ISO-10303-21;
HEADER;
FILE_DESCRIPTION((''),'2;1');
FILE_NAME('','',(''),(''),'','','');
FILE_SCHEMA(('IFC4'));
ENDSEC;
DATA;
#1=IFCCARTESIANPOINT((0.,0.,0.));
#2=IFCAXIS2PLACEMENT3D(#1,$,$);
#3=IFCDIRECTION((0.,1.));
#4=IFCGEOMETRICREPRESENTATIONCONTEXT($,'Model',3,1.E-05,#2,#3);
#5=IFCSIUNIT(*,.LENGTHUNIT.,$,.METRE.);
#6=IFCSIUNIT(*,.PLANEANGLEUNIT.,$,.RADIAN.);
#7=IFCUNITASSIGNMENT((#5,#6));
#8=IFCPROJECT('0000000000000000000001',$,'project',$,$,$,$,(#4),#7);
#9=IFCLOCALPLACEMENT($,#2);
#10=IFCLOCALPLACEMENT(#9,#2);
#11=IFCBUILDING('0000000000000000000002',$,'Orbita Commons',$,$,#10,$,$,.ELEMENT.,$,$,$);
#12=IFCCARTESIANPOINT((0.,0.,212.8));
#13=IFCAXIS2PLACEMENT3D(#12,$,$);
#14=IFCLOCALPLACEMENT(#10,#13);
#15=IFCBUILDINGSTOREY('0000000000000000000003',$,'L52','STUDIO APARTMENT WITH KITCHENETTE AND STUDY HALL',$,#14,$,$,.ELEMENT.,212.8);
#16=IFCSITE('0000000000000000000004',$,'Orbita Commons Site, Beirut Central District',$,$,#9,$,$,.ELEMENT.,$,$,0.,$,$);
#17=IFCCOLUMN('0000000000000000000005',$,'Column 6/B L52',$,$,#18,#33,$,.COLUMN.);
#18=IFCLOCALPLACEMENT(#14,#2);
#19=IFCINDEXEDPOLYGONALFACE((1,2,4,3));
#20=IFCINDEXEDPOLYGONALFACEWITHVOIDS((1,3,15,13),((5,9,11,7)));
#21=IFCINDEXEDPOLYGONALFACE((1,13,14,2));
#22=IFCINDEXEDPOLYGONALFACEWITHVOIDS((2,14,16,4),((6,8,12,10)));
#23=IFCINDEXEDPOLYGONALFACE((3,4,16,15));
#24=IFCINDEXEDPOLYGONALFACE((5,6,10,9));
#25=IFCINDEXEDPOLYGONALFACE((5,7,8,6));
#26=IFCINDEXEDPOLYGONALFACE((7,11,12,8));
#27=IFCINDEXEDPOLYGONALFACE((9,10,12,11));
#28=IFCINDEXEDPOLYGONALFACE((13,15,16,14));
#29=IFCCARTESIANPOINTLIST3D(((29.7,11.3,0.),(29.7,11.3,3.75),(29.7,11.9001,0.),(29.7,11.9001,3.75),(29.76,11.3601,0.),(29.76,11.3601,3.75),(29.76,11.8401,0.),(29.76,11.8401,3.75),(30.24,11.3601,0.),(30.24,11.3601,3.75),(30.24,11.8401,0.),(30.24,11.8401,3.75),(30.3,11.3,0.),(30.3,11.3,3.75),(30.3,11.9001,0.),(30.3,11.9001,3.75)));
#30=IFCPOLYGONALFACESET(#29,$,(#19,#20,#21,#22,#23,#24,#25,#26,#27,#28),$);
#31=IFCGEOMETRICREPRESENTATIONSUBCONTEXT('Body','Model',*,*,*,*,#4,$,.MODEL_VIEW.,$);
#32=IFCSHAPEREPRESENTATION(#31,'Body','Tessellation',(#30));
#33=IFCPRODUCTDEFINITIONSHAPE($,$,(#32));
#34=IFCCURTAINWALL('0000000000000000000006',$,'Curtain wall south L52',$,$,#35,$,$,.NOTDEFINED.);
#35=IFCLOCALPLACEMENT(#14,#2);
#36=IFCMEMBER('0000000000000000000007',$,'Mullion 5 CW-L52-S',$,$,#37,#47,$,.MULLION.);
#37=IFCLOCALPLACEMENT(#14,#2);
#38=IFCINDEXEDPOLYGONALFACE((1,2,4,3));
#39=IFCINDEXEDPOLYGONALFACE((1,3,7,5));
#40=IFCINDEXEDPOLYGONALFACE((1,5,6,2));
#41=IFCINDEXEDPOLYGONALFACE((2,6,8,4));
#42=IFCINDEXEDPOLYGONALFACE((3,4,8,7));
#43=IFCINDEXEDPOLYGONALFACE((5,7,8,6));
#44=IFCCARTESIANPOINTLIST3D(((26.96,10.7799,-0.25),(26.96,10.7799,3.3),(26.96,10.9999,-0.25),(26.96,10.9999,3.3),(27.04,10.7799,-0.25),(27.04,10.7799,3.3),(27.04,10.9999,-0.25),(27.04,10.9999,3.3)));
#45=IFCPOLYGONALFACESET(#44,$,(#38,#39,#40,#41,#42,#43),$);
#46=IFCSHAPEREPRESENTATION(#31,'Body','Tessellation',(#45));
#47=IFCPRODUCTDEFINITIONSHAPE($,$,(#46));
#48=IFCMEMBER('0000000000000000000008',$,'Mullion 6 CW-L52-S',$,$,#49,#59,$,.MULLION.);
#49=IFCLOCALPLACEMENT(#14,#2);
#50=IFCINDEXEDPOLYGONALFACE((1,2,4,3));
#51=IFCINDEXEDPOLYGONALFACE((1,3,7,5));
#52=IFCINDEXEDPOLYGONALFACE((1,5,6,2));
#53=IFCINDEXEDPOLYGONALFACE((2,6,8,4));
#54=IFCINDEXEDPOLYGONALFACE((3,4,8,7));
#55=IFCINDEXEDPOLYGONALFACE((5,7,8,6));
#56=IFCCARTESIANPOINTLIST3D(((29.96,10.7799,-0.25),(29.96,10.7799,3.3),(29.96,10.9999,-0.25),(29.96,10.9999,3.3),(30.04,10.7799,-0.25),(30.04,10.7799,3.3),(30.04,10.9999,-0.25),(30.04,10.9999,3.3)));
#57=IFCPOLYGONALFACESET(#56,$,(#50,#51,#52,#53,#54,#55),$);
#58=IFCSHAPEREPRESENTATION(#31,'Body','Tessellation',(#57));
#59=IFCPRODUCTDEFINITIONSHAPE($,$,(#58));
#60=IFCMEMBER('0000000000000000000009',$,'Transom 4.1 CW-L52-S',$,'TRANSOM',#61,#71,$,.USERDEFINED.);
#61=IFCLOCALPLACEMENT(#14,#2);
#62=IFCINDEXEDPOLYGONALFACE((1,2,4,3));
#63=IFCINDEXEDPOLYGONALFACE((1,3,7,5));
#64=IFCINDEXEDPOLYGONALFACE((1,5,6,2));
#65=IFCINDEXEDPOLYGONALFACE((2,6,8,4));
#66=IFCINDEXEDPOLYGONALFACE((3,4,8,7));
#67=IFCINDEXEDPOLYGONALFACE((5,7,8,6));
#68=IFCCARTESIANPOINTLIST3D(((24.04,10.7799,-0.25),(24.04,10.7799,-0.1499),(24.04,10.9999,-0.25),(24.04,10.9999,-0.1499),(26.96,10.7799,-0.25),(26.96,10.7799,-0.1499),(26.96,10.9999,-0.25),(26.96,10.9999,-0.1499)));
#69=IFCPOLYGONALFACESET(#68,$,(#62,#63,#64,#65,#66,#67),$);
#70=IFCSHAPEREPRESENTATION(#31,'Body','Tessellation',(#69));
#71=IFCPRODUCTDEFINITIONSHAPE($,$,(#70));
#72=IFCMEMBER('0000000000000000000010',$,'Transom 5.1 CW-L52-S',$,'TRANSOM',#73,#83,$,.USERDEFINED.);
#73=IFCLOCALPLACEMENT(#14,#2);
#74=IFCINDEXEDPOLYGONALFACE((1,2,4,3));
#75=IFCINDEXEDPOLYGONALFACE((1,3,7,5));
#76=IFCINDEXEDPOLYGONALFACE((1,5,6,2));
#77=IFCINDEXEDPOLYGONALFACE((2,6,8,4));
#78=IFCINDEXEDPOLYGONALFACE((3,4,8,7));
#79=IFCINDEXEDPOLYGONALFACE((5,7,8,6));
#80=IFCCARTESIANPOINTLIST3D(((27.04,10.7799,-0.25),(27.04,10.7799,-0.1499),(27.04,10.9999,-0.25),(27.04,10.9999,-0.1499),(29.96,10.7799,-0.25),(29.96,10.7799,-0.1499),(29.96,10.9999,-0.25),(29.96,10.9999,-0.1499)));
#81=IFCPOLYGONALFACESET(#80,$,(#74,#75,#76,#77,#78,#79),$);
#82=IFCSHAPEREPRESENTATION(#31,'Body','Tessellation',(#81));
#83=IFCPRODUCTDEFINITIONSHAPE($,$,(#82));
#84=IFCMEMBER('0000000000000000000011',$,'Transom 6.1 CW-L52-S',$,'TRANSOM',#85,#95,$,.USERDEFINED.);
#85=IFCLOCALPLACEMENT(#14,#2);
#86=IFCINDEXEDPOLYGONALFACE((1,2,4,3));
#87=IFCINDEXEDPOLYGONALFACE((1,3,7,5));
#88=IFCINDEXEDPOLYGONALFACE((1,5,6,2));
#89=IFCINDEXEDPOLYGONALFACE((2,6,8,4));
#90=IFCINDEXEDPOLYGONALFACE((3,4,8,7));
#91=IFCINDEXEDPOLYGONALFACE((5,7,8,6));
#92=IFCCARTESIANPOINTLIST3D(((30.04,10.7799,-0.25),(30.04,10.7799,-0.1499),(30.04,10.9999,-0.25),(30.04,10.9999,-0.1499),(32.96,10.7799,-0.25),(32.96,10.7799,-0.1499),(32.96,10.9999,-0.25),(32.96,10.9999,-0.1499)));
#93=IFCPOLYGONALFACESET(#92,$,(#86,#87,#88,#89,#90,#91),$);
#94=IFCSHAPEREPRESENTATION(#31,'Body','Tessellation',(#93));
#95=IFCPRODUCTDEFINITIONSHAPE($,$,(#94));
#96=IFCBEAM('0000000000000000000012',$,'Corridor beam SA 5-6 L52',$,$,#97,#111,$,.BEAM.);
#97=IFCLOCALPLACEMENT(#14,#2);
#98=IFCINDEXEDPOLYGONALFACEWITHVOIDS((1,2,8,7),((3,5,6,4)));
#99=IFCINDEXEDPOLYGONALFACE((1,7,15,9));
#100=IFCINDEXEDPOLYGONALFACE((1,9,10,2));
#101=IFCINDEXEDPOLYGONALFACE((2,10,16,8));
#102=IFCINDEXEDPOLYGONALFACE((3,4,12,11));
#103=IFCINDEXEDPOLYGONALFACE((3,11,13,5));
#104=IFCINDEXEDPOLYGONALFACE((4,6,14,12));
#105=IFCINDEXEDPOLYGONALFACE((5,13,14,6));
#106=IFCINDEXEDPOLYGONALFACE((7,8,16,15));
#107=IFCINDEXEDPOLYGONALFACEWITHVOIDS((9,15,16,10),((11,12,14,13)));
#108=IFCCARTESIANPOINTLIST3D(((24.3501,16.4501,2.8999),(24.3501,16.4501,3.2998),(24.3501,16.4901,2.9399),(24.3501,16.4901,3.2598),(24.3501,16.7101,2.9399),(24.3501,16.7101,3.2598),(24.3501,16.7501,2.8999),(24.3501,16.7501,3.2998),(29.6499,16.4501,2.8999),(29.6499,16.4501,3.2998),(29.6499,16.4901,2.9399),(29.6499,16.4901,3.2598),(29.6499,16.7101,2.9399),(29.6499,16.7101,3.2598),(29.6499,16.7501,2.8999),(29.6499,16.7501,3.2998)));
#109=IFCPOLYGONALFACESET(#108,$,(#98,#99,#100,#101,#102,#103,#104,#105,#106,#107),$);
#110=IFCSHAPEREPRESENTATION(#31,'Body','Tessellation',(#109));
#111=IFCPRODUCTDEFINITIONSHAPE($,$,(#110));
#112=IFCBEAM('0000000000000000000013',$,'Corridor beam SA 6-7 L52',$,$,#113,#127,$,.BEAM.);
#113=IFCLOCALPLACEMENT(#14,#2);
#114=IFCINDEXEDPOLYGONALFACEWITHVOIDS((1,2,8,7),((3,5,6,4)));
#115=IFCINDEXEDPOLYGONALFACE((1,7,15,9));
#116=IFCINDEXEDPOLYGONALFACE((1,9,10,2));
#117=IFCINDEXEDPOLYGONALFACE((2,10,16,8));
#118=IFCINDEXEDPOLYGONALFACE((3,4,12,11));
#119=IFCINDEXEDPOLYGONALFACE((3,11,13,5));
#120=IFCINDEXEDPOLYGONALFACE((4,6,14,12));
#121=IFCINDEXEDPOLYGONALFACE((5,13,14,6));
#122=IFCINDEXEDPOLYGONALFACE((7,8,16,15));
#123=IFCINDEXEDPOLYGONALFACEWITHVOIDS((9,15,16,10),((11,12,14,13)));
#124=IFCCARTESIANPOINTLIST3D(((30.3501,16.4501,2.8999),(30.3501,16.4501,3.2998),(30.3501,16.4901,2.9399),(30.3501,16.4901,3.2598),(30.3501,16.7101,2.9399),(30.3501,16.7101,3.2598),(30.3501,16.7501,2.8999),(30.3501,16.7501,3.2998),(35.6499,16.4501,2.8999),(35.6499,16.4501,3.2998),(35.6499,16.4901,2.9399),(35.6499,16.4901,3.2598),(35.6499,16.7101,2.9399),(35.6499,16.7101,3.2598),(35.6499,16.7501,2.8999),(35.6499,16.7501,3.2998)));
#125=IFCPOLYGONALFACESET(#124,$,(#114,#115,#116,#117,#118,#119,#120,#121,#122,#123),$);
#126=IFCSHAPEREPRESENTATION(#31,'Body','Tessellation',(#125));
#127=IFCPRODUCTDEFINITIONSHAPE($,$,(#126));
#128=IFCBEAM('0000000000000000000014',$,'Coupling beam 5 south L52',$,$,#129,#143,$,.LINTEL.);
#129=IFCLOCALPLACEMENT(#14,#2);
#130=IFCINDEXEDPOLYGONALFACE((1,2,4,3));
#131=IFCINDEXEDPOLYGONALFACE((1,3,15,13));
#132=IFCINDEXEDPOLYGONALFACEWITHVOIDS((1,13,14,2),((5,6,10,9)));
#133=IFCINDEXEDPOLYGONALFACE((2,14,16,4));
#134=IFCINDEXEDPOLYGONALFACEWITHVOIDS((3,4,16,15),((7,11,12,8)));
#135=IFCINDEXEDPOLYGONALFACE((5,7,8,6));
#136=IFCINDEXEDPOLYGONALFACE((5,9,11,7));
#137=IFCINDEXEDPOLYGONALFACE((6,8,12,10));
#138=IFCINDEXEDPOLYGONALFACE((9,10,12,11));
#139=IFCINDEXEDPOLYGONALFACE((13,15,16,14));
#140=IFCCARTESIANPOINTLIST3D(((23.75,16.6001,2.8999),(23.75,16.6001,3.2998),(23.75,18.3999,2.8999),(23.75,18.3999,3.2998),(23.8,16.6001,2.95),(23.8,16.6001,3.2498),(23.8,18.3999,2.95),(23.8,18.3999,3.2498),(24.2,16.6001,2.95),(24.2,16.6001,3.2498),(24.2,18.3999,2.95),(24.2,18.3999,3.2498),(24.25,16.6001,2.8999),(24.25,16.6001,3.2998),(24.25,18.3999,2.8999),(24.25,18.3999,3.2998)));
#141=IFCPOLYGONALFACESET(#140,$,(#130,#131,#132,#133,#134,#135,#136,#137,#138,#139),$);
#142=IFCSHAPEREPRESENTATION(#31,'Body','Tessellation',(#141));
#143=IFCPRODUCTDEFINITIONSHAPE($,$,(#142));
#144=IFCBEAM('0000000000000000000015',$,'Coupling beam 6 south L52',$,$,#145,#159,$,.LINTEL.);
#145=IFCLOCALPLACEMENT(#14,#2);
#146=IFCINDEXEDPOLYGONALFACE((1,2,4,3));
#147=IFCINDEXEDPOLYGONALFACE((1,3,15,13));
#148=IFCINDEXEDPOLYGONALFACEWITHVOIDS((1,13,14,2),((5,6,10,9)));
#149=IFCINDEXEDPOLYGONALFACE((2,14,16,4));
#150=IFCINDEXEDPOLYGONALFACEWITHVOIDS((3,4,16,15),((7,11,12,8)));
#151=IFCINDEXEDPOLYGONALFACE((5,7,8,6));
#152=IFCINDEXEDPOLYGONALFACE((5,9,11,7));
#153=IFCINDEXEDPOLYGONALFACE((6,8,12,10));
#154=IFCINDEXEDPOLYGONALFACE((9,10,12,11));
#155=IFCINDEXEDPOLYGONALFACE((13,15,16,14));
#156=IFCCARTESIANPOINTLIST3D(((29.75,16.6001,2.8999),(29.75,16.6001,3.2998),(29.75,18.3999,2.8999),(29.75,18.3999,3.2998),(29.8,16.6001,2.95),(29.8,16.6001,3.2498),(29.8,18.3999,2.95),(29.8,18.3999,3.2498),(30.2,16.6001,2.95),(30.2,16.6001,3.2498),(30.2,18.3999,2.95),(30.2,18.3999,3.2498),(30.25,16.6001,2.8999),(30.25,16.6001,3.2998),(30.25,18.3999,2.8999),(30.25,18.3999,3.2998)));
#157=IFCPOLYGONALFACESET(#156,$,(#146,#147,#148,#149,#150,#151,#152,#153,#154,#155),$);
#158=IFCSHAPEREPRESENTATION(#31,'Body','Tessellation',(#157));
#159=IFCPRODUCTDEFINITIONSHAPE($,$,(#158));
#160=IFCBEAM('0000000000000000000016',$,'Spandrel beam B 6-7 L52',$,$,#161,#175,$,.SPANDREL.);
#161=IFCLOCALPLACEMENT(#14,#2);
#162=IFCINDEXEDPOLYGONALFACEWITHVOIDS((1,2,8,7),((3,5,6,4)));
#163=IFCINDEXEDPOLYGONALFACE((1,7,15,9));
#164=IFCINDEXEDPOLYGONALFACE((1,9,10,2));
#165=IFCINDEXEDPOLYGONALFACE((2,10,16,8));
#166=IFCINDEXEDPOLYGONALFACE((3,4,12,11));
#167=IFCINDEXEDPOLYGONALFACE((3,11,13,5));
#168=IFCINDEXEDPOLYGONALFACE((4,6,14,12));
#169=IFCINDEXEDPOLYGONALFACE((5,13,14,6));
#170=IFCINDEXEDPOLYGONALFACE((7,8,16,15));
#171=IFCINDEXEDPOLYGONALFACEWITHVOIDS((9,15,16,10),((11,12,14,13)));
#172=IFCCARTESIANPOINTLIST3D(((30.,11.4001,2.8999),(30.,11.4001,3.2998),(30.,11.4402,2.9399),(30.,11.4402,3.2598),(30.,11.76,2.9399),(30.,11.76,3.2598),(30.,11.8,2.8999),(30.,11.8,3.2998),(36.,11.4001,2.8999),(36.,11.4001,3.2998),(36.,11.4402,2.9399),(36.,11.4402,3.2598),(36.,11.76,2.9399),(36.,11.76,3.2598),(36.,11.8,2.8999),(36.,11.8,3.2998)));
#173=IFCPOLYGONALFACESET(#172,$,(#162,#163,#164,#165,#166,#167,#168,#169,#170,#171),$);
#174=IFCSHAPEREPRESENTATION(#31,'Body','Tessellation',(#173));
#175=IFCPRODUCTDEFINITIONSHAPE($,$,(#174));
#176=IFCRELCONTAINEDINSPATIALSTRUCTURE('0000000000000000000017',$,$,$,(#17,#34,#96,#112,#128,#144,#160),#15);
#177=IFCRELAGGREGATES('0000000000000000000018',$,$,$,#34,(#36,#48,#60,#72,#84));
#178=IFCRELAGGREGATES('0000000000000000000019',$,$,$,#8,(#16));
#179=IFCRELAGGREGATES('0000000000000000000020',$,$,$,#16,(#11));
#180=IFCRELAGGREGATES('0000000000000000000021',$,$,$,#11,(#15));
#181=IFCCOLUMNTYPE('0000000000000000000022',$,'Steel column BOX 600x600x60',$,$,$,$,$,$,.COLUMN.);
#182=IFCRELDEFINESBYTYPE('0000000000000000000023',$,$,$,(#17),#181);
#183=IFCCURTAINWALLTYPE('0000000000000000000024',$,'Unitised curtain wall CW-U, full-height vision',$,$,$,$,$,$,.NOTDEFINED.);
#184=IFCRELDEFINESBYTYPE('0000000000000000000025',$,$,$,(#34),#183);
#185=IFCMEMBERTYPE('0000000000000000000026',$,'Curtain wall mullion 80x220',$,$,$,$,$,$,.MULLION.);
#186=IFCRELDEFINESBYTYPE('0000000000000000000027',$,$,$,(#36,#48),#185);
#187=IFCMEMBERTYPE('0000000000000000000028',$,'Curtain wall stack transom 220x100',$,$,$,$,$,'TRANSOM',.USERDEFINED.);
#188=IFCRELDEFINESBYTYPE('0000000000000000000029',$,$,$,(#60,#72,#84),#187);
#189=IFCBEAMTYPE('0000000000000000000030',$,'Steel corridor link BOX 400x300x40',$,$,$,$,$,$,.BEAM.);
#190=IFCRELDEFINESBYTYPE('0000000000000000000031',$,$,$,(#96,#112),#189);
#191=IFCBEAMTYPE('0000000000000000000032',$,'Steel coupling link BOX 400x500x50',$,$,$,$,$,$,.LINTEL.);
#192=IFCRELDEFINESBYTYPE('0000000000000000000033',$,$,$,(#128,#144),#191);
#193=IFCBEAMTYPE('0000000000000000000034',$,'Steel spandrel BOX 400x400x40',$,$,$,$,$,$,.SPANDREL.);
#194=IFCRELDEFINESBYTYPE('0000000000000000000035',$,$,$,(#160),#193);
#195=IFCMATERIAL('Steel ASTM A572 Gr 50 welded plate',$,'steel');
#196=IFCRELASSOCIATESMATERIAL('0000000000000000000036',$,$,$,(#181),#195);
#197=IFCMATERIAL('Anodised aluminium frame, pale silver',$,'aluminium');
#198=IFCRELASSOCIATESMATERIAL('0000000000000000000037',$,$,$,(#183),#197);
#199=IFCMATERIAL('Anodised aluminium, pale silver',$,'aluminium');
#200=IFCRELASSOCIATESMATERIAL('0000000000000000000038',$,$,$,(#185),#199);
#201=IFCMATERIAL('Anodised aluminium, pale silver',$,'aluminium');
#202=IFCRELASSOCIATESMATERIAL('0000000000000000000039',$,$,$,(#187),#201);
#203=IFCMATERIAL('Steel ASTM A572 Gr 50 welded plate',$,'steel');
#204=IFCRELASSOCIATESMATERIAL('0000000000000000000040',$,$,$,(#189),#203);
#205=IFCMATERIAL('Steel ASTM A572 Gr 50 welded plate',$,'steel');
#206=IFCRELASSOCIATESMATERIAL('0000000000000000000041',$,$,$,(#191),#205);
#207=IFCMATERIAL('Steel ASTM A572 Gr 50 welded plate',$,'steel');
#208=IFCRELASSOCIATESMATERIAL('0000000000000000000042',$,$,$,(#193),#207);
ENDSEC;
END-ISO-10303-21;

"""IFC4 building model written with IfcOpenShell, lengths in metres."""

from ifc_helpers import new_model, si_unit, direction, frame, origin, origin_2d, place, context, subcontext, project, spatial, rectangle, hollow_rectangle, extrude, material, material_profile, profile_set, type_object, element, aggregate, save


model = new_model("IFC4")

# Units and contexts
model_context = context("Model", 3, precision=1e-05, world=origin(), true_north=direction((0.0, 1.0)))
body_context = subcontext(model_context, "Body", "Model", "MODEL_VIEW")
ifc_project = project(units=[si_unit("LENGTHUNIT", "METRE"), si_unit("PLANEANGLEUNIT", "RADIAN")], contexts=[model_context])

# Site, building, storey
site_placement = place(None, origin())
site = spatial("IfcSite", under=ifc_project, at=site_placement, Name="Orbita Commons Site, Beirut Central District", CompositionType="ELEMENT", RefElevation=0.0)
building_placement = place(site_placement, origin())
building = spatial("IfcBuilding", under=site, at=building_placement, Name="Orbita Commons", CompositionType="ELEMENT")
storey_placement = place(building_placement, frame((0.0, 0.0, 212.8)))
storey = spatial("IfcBuildingStorey", under=building, at=storey_placement, Name="L52", Description="STUDIO APARTMENT WITH KITCHENETTE AND STUDY HALL", CompositionType="ELEMENT", Elevation=212.8)

# Column
ifc_material_1 = material(Name="Steel ASTM A572 Gr 50 welded plate", Category="steel")
ifc_material_profile_1 = material_profile(ifc_material_1, hollow_rectangle(XDim=0.6001, YDim=0.6001, WallThickness=0.0601, at=origin_2d()), Name="BOX 600x600x60")
ifc_profile_set_1 = profile_set([ifc_material_profile_1], Name="Steel ASTM A572 Gr 50 welded plate")
column_type = type_object("IfcColumnType", Name="Steel column BOX 600x600x60", PredefinedType="COLUMN", material=ifc_profile_set_1)
column_placement = place(storey_placement, frame((30.0, 11.6001, 0.0), z_axis=(0.0, 0.0, 1.0), x_axis=(1.0, 0.0, 0.0)))
element("IfcColumn", 1, at=column_placement, inside=storey, type_object=column_type, Name="Column 6/B L52", PredefinedType="COLUMN", context=body_context, shape_type="SweptSolid", body=[
    extrude(hollow_rectangle(XDim=0.6001, YDim=0.6001, WallThickness=0.0601, at=origin_2d()), origin(), (0.0, 0.0, 1.0), 3.75),
])

# Curtain wall, members
ifc_material_2 = material(Name="Anodised aluminium frame, pale silver", Category="aluminium")
curtain_wall_type = type_object("IfcCurtainWallType", Name="Unitised curtain wall CW-U, full-height vision", PredefinedType="NOTDEFINED", material=ifc_material_2)
curtain_wall_placement = place(storey_placement, origin())
curtain_wall = element("IfcCurtainWall", 2, at=curtain_wall_placement, inside=storey, type_object=curtain_wall_type, Name="Curtain wall south L52", PredefinedType="NOTDEFINED")
ifc_material_3 = material(Name="Anodised aluminium, pale silver", Category="aluminium")
ifc_material_profile_2 = material_profile(ifc_material_3, rectangle(XDim=0.0801, YDim=0.22, at=origin_2d()), Name="AL 80x220")
ifc_profile_set_2 = profile_set([ifc_material_profile_2], Name="Anodised aluminium, pale silver")
member_type_1 = type_object("IfcMemberType", Name="Curtain wall mullion 80x220", PredefinedType="MULLION", material=ifc_profile_set_2)
member_1_placement = place(storey_placement, frame((27.0, 10.8899, -0.25), z_axis=(0.0, 0.0, 1.0), x_axis=(1.0, 0.0, 0.0)))
member_1 = element("IfcMember", 3, at=member_1_placement, type_object=member_type_1, Name="Mullion 5 CW-L52-S", PredefinedType="MULLION", context=body_context, shape_type="SweptSolid", body=[
    extrude(rectangle(XDim=0.0801, YDim=0.22, at=origin_2d()), origin(), (0.0, 0.0, 1.0), 3.55),
])
member_2_placement = place(storey_placement, frame((30.0, 10.8899, -0.25), z_axis=(0.0, 0.0, 1.0), x_axis=(1.0, 0.0, 0.0)))
member_2 = element("IfcMember", 4, at=member_2_placement, type_object=member_type_1, Name="Mullion 6 CW-L52-S", PredefinedType="MULLION", context=body_context, shape_type="SweptSolid", body=[
    extrude(rectangle(XDim=0.0801, YDim=0.22, at=origin_2d()), origin(), (0.0, 0.0, 1.0), 3.55),
])
ifc_material_4 = material(Name="Anodised aluminium, pale silver", Category="aluminium")
ifc_material_profile_3 = material_profile(ifc_material_4, rectangle(XDim=0.22, YDim=0.1001, at=origin_2d()), Name="AL 220x100")
ifc_profile_set_3 = profile_set([ifc_material_profile_3], Name="Anodised aluminium, pale silver")
member_type_2 = type_object("IfcMemberType", Name="Curtain wall stack transom 220x100", ElementType="TRANSOM", PredefinedType="USERDEFINED", material=ifc_profile_set_3)
member_3_placement = place(storey_placement, frame((24.04, 10.8899, -0.2), z_axis=(1.0, 0.0, 0.0), x_axis=(0.0, 1.0, 0.0)))
member_3 = element("IfcMember", 5, at=member_3_placement, type_object=member_type_2, Name="Transom 4.1 CW-L52-S", ObjectType="TRANSOM", PredefinedType="USERDEFINED", context=body_context, shape_type="SweptSolid", body=[
    extrude(rectangle(XDim=0.22, YDim=0.1001, at=origin_2d()), origin(), (0.0, 0.0, 1.0), 2.9199),
])
member_4_placement = place(storey_placement, frame((27.04, 10.8899, -0.2), z_axis=(1.0, 0.0, 0.0), x_axis=(0.0, 1.0, 0.0)))
member_4 = element("IfcMember", 6, at=member_4_placement, type_object=member_type_2, Name="Transom 5.1 CW-L52-S", ObjectType="TRANSOM", PredefinedType="USERDEFINED", context=body_context, shape_type="SweptSolid", body=[
    extrude(rectangle(XDim=0.22, YDim=0.1001, at=origin_2d()), origin(), (0.0, 0.0, 1.0), 2.9199),
])
member_5_placement = place(storey_placement, frame((30.04, 10.8899, -0.2), z_axis=(1.0, 0.0, 0.0), x_axis=(0.0, 1.0, 0.0)))
member_5 = element("IfcMember", 7, at=member_5_placement, type_object=member_type_2, Name="Transom 6.1 CW-L52-S", ObjectType="TRANSOM", PredefinedType="USERDEFINED", context=body_context, shape_type="SweptSolid", body=[
    extrude(rectangle(XDim=0.22, YDim=0.1001, at=origin_2d()), origin(), (0.0, 0.0, 1.0), 2.9199),
])

# Beams
ifc_material_5 = material(Name="Steel ASTM A572 Gr 50 welded plate", Category="steel")
ifc_material_profile_4 = material_profile(ifc_material_5, hollow_rectangle(XDim=0.3, YDim=0.3999, WallThickness=0.04, at=origin_2d()), Name="BOX 400x300x40")
ifc_profile_set_4 = profile_set([ifc_material_profile_4], Name="Steel ASTM A572 Gr 50 welded plate")
beam_type_1 = type_object("IfcBeamType", Name="Steel corridor link BOX 400x300x40", PredefinedType="BEAM", material=ifc_profile_set_4)
for number, where, z_axis, x_axis, name in (
    (8, (24.3501, 16.6001, 3.0999), (1.0, 0.0, 0.0), (0.0, 1.0, 0.0), "Corridor beam SA 5-6 L52"),
    (9, (30.3501, 16.6001, 3.0999), (1.0, 0.0, 0.0), (0.0, 1.0, 0.0), "Corridor beam SA 6-7 L52"),
):
    element("IfcBeam", number, at=place(storey_placement, frame(where, z_axis=z_axis, x_axis=x_axis)), inside=storey, type_object=beam_type_1, Name=name, PredefinedType="BEAM", context=body_context, shape_type="SweptSolid", body=[
        extrude(hollow_rectangle(XDim=0.3, YDim=0.3999, WallThickness=0.04, at=origin_2d()), origin(), (0.0, 0.0, 1.0), 5.2998),
    ])
ifc_material_6 = material(Name="Steel ASTM A572 Gr 50 welded plate", Category="steel")
ifc_material_profile_5 = material_profile(ifc_material_6, hollow_rectangle(XDim=0.5, YDim=0.3999, WallThickness=0.05, at=origin_2d()), Name="BOX 400x500x50")
ifc_profile_set_5 = profile_set([ifc_material_profile_5], Name="Steel ASTM A572 Gr 50 welded plate")
beam_type_2 = type_object("IfcBeamType", Name="Steel coupling link BOX 400x500x50", PredefinedType="LINTEL", material=ifc_profile_set_5)
for number, where, z_axis, x_axis, name in (
    (10, (24.0, 16.6001, 3.0999), (0.0, 1.0, 0.0), (-1.0, 0.0, 0.0), "Coupling beam 5 south L52"),
    (11, (30.0, 16.6001, 3.0999), (0.0, 1.0, 0.0), (-1.0, 0.0, 0.0), "Coupling beam 6 south L52"),
):
    element("IfcBeam", number, at=place(storey_placement, frame(where, z_axis=z_axis, x_axis=x_axis)), inside=storey, type_object=beam_type_2, Name=name, PredefinedType="LINTEL", context=body_context, shape_type="SweptSolid", body=[
        extrude(hollow_rectangle(XDim=0.5, YDim=0.3999, WallThickness=0.05, at=origin_2d()), origin(), (0.0, 0.0, 1.0), 1.7998),
    ])
ifc_material_7 = material(Name="Steel ASTM A572 Gr 50 welded plate", Category="steel")
ifc_material_profile_6 = material_profile(ifc_material_7, hollow_rectangle(XDim=0.3999, YDim=0.3999, WallThickness=0.04, at=origin_2d()), Name="BOX 400x400x40")
ifc_profile_set_6 = profile_set([ifc_material_profile_6], Name="Steel ASTM A572 Gr 50 welded plate")
beam_type_3 = type_object("IfcBeamType", Name="Steel spandrel BOX 400x400x40", PredefinedType="SPANDREL", material=ifc_profile_set_6)
beam_placement = place(storey_placement, frame((30.0, 11.6001, 3.0999), z_axis=(1.0, 0.0, 0.0), x_axis=(0.0, 1.0, 0.0)))
element("IfcBeam", 12, at=beam_placement, inside=storey, type_object=beam_type_3, Name="Spandrel beam B 6-7 L52", PredefinedType="SPANDREL", context=body_context, shape_type="SweptSolid", body=[
    extrude(hollow_rectangle(XDim=0.3999, YDim=0.3999, WallThickness=0.04, at=origin_2d()), origin(), (0.0, 0.0, 1.0), 6.0),
])

aggregate(curtain_wall, [member_1, member_2, member_3, member_4, member_5])

save(model, "model.ifc")
